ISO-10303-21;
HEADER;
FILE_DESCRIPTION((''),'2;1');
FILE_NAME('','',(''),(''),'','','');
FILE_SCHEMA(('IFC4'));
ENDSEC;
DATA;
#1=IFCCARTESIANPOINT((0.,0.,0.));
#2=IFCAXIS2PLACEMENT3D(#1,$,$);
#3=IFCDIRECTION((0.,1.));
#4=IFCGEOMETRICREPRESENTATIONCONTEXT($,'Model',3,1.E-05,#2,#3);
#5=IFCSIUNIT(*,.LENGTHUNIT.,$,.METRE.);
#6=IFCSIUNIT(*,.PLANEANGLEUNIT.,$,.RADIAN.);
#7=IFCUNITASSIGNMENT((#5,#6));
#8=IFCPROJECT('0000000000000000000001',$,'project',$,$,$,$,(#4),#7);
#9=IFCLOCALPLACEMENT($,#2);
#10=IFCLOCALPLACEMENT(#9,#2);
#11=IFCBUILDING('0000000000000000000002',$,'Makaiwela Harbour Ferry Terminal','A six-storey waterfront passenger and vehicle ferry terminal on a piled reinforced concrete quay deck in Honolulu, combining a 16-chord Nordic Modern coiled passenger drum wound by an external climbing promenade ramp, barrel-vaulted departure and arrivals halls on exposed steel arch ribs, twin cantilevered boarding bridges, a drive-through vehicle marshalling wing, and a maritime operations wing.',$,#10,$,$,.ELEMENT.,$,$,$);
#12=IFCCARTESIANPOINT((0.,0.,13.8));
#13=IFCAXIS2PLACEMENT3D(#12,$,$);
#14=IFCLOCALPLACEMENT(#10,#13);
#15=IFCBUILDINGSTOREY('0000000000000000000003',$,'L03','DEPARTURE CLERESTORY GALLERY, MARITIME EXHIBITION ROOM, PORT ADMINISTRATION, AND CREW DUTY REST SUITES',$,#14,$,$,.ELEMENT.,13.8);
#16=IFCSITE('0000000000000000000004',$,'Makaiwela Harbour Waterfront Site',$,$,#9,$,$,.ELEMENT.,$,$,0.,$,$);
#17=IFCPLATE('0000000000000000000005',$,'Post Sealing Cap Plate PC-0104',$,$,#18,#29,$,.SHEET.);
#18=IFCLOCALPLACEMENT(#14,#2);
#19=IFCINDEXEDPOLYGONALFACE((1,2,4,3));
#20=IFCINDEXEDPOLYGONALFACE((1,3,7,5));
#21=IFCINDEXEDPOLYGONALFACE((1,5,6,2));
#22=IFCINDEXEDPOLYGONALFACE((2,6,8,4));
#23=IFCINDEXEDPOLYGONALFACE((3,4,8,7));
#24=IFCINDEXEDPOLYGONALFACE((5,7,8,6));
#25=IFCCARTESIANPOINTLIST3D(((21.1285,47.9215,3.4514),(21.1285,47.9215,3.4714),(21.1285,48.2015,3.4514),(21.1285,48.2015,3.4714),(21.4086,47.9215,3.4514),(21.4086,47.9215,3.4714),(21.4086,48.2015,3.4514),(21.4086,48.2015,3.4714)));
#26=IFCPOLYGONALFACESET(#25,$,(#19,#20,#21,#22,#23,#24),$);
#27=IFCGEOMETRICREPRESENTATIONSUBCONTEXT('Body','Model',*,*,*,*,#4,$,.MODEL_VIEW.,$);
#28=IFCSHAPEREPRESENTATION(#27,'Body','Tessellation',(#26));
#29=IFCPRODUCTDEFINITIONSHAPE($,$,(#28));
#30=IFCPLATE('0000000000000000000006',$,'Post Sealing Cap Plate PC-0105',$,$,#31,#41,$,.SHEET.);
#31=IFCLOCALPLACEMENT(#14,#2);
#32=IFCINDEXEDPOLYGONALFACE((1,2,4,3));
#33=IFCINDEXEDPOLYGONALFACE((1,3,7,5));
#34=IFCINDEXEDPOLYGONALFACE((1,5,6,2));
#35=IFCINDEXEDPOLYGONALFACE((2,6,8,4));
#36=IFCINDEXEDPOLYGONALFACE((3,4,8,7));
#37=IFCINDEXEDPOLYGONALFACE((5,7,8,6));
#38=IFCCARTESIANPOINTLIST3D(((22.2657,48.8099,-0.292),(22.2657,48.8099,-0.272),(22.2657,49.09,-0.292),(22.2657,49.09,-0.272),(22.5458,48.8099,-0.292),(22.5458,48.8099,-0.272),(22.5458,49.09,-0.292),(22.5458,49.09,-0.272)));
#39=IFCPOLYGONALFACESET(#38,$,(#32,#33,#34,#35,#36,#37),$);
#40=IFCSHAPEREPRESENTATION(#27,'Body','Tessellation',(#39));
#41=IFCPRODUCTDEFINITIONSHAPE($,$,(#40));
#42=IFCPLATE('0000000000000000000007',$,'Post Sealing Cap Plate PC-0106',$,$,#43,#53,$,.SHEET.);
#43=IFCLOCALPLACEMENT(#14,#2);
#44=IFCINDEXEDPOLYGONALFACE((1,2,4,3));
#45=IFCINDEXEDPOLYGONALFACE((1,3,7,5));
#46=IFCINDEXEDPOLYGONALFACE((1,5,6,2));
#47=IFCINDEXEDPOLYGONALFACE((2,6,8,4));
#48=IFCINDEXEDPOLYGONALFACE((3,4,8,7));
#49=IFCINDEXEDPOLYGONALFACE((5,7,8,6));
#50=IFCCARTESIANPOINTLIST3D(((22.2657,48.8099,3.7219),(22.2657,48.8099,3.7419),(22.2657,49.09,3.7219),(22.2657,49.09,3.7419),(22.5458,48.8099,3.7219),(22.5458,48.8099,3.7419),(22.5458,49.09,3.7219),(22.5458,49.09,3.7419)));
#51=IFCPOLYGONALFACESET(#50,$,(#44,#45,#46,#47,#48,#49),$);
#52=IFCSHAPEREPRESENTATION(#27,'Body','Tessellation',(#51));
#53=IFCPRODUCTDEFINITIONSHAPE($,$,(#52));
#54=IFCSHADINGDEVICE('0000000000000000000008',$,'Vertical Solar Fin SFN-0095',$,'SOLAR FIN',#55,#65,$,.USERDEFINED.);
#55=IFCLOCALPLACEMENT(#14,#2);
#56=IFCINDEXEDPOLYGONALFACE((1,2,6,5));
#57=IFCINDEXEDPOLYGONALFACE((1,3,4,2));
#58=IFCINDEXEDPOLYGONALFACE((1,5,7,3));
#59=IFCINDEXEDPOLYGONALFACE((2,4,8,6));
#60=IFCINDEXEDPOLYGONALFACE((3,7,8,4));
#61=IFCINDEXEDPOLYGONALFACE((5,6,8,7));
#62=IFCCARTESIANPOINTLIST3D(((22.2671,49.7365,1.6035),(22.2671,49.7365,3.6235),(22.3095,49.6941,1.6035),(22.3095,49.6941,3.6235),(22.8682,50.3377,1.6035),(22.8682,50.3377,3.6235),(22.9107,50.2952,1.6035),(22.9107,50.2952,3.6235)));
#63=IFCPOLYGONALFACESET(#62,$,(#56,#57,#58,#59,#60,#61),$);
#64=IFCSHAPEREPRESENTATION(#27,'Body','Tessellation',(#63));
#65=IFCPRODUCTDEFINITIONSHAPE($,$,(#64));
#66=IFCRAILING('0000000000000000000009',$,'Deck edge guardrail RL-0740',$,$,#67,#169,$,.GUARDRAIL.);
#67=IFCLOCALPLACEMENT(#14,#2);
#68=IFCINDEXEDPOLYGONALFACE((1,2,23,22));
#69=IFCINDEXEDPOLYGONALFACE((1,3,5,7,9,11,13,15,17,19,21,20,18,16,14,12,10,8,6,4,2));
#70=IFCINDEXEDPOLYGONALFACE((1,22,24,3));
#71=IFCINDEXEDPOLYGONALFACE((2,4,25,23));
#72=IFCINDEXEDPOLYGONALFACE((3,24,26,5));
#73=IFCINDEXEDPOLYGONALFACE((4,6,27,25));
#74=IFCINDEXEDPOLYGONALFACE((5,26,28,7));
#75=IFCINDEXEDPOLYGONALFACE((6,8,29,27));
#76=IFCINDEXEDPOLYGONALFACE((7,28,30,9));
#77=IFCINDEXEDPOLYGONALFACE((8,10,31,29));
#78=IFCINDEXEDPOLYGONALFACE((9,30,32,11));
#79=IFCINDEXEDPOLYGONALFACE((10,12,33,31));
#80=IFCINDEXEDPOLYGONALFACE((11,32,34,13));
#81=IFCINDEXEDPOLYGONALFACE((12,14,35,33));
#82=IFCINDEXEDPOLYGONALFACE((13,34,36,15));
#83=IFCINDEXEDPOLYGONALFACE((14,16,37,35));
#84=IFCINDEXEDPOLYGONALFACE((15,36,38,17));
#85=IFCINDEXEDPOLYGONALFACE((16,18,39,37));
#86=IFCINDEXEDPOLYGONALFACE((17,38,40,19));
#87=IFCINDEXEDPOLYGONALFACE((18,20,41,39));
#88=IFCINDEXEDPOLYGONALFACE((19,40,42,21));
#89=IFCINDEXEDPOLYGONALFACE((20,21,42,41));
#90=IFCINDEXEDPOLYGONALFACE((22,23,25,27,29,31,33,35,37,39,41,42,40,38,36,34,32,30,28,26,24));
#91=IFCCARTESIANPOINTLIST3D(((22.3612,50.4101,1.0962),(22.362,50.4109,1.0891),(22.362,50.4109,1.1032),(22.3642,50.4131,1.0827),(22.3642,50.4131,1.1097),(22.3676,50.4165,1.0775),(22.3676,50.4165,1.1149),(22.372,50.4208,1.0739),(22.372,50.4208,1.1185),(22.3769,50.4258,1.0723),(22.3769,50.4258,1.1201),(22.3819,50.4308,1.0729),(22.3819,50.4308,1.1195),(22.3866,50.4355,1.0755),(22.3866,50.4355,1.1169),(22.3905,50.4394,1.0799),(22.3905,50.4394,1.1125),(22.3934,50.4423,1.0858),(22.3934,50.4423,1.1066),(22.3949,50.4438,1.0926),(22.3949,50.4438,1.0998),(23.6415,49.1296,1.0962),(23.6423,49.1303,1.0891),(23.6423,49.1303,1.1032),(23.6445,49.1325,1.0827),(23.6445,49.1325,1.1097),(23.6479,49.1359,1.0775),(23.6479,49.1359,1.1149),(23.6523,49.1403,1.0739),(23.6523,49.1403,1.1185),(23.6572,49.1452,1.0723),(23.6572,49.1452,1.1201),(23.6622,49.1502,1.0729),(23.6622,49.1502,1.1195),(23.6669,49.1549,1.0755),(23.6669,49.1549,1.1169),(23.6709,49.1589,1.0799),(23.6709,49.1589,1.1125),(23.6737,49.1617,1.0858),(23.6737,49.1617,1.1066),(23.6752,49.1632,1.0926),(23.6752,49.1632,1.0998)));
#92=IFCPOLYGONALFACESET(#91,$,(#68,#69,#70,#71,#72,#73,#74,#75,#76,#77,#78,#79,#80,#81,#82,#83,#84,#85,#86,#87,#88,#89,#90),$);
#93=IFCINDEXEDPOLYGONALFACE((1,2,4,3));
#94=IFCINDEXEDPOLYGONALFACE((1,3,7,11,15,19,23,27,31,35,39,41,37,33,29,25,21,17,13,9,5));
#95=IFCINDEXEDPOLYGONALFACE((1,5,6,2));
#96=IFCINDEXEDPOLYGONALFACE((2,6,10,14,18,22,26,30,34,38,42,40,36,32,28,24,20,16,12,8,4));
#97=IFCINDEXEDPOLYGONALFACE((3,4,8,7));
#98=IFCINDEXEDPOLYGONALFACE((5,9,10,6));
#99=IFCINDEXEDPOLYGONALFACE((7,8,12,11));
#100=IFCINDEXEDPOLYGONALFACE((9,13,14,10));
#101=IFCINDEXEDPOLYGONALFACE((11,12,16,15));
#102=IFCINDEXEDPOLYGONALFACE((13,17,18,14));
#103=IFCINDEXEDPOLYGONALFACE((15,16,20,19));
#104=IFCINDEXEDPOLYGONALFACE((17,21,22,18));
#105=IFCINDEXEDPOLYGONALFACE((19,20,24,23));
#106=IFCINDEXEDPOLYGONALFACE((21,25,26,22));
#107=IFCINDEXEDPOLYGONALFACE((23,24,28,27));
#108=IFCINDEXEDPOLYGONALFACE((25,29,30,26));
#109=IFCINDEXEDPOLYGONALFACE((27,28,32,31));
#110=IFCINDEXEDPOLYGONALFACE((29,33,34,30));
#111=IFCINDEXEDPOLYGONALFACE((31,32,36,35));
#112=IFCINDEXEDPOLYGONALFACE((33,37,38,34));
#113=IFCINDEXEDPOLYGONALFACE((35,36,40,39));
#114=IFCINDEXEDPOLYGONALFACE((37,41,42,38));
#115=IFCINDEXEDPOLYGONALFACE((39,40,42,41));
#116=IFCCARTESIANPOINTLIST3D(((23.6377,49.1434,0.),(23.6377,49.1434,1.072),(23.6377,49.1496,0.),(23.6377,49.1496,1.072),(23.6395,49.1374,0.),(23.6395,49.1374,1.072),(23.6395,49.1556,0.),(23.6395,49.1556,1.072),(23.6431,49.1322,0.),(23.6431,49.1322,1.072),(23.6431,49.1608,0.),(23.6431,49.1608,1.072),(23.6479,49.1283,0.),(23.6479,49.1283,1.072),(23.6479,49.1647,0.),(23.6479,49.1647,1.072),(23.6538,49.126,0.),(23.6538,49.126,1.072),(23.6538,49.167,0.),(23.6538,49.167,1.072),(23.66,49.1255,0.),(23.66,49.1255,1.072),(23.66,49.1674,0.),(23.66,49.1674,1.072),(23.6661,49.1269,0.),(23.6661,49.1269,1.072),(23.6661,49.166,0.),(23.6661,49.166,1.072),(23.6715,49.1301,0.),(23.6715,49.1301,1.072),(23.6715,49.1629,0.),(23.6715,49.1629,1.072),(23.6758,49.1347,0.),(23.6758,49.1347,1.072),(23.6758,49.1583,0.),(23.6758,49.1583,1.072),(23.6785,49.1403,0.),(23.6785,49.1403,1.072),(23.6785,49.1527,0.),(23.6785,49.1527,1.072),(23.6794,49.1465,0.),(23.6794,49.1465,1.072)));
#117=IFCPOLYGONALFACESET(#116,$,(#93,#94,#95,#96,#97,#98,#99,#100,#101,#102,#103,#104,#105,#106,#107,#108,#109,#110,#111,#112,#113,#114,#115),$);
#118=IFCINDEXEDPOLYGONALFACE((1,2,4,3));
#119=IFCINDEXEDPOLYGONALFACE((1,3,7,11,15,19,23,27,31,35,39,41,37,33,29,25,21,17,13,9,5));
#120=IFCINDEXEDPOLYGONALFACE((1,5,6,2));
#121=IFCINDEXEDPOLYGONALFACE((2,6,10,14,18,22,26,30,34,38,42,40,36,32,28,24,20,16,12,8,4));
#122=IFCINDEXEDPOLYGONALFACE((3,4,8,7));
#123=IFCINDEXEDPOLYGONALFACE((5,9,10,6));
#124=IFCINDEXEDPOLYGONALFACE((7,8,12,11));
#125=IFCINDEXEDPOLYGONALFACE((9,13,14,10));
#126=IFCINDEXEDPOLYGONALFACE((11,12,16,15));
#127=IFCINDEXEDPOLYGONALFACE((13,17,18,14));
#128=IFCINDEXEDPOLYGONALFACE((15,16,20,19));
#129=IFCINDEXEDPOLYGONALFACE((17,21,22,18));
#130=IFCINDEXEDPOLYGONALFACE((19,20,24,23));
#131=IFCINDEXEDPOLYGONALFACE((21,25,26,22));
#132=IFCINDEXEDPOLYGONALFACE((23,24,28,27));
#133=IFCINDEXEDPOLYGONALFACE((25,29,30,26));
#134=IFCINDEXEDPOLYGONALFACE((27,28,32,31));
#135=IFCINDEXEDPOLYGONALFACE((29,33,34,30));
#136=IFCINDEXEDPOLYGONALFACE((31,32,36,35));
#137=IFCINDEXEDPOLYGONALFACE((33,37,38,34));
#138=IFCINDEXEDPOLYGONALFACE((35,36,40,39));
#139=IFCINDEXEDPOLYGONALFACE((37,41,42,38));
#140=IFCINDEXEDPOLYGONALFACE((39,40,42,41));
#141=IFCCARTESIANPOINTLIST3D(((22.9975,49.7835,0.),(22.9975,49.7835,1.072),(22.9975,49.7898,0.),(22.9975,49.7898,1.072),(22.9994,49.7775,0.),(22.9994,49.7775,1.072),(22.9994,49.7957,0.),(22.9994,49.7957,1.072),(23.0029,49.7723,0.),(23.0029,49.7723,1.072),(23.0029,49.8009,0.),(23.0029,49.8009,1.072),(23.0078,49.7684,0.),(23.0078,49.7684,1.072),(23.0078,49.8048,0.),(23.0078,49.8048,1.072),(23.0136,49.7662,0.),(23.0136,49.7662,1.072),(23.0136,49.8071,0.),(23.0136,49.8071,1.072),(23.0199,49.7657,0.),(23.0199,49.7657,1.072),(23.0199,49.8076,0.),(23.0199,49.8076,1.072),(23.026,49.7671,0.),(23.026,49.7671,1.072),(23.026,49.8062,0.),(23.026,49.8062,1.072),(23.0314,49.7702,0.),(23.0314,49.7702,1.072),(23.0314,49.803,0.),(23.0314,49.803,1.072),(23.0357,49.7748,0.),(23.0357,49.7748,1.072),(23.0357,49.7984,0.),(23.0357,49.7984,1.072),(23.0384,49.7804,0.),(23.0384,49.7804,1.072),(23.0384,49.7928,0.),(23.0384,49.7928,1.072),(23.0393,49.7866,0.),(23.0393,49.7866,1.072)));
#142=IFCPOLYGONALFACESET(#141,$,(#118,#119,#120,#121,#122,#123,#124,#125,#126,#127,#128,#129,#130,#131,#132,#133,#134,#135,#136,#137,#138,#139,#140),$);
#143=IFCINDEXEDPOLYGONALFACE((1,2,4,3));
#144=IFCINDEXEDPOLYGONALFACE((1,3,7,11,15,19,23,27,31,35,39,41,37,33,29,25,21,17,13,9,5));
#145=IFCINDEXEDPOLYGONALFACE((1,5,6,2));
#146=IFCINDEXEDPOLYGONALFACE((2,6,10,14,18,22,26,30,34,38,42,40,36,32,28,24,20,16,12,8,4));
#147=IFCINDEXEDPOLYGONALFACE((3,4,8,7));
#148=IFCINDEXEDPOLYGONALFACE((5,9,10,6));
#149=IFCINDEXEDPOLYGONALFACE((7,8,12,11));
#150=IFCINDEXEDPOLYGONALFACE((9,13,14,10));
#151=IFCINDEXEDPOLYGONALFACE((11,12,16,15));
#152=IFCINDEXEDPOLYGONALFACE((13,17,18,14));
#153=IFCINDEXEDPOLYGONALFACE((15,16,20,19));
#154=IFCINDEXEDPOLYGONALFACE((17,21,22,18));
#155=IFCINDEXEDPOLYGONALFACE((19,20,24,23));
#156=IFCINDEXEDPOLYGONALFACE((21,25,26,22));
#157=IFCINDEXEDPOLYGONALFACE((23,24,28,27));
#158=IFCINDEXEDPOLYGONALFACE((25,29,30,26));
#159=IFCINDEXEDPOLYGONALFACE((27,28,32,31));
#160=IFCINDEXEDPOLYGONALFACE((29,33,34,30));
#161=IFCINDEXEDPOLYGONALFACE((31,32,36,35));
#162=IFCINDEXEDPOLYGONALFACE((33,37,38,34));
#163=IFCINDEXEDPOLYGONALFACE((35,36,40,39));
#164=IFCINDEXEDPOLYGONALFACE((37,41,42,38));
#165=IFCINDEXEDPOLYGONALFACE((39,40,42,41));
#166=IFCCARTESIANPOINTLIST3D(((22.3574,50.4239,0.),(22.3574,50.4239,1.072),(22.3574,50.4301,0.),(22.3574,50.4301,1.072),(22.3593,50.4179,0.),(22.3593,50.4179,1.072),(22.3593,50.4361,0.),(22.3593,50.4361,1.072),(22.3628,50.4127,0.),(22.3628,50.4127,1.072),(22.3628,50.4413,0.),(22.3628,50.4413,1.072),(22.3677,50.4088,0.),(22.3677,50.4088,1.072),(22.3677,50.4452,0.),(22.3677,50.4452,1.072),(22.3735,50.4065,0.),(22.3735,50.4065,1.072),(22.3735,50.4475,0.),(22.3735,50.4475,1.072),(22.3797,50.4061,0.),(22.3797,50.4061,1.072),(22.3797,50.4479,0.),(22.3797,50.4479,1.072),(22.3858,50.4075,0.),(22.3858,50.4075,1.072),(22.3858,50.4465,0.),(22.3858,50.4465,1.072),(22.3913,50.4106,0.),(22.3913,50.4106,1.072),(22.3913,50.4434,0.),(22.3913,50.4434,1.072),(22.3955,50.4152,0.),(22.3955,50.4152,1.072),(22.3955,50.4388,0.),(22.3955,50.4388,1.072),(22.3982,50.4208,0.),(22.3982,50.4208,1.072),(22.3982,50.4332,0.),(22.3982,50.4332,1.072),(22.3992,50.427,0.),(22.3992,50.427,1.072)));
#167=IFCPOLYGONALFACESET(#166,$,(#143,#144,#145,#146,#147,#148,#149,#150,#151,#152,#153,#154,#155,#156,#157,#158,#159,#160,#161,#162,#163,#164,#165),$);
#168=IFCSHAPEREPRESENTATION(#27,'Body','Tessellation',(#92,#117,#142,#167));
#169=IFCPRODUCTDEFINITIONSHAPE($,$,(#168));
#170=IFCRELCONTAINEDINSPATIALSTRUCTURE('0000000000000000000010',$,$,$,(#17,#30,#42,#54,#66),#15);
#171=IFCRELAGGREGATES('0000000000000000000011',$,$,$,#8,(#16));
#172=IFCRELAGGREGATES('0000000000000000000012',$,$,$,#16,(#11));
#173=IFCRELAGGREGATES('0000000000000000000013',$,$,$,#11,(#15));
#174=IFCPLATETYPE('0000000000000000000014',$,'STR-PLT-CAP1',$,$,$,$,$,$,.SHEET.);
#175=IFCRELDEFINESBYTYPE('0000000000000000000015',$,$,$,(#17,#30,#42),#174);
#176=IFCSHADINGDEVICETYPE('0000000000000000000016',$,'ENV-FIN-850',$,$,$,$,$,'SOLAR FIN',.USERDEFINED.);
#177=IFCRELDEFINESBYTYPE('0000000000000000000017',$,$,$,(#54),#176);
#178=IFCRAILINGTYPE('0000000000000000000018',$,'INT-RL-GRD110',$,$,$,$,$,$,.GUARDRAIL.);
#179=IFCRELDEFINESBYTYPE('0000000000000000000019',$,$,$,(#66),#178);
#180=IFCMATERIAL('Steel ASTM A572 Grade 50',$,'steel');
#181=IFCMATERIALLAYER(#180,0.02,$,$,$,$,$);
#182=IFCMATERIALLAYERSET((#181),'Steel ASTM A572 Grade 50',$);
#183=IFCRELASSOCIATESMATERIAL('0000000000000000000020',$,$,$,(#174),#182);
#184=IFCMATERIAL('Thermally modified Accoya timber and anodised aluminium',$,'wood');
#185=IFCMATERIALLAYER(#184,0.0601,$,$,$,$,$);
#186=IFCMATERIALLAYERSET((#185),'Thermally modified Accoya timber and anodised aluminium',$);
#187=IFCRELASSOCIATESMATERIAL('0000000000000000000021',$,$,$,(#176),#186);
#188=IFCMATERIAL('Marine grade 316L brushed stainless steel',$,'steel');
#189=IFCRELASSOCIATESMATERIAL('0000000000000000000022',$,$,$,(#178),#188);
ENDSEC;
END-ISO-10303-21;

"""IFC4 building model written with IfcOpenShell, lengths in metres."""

from ifc_helpers import new_model, si_unit, direction, frame, origin, origin_2d, place, context, subcontext, project, spatial, rectangle, circle, extrude, material, layer, layer_set, type_object, element, save


model = new_model("IFC4")

# Units and contexts
model_context = context("Model", 3, precision=1e-05, world=origin(), true_north=direction((0.0, 1.0)))
body_context = subcontext(model_context, "Body", "Model", "MODEL_VIEW")
ifc_project = project(units=[si_unit("LENGTHUNIT", "METRE"), si_unit("PLANEANGLEUNIT", "RADIAN")], contexts=[model_context])

# Site, building, storey
site_placement = place(None, origin())
site = spatial("IfcSite", under=ifc_project, at=site_placement, Name="Makaiwela Harbour Waterfront Site", CompositionType="ELEMENT", RefElevation=0.0)
building_placement = place(site_placement, origin())
building = spatial("IfcBuilding", under=site, at=building_placement, Name="Makaiwela Harbour Ferry Terminal", Description="A six-storey waterfront passenger and vehicle ferry terminal on a piled reinforced concrete quay deck in Honolulu, combining a 16-chord Nordic Modern coiled passenger drum wound by an external climbing promenade ramp, barrel-vaulted departure and arrivals halls on exposed steel arch ribs, twin cantilevered boarding bridges, a drive-through vehicle marshalling wing, and a maritime operations wing.", CompositionType="ELEMENT")
storey_placement = place(building_placement, frame((0.0, 0.0, 13.8)))
storey = spatial("IfcBuildingStorey", under=building, at=storey_placement, Name="L03", Description="DEPARTURE CLERESTORY GALLERY, MARITIME EXHIBITION ROOM, PORT ADMINISTRATION, AND CREW DUTY REST SUITES", CompositionType="ELEMENT", Elevation=13.8)

# Plates
ifc_material_1 = material(Name="Steel ASTM A572 Grade 50", Category="steel")
ifc_layer_1 = layer(ifc_material_1, 0.02)
ifc_layer_set_1 = layer_set([ifc_layer_1], Name="Steel ASTM A572 Grade 50")
plate_type_1 = type_object("IfcPlateType", Name="STR-PLT-CAP1", PredefinedType="SHEET", material=ifc_layer_set_1)
for number, where, z_axis, x_axis, name in (
    (1, (21.2686, 48.0615, 3.4514), (0.0, 0.0, 1.0), (1.0, 0.0, 0.0), "Post Sealing Cap Plate PC-0104"),
    (2, (22.4058, 48.95, -0.292), (0.0, 0.0, 1.0), (1.0, 0.0, 0.0), "Post Sealing Cap Plate PC-0105"),
    (3, (22.4058, 48.95, 3.7219), (0.0, 0.0, 1.0), (1.0, 0.0, 0.0), "Post Sealing Cap Plate PC-0106"),
):
    element("IfcPlate", number, at=place(storey_placement, frame(where, z_axis=z_axis, x_axis=x_axis)), inside=storey, type_object=plate_type_1, Name=name, PredefinedType="SHEET", context=body_context, shape_type="SweptSolid", body=[
        extrude(rectangle(XDim=0.28, YDim=0.28, at=origin_2d()), origin(), (0.0, 0.0, 1.0), 0.02),
    ])

# Shading device
ifc_material_2 = material(Name="Thermally modified Accoya timber and anodised aluminium", Category="wood")
ifc_layer_2 = layer(ifc_material_2, 0.0601)
ifc_layer_set_2 = layer_set([ifc_layer_2], Name="Thermally modified Accoya timber and anodised aluminium")
shading_device_type = type_object("IfcShadingDeviceType", Name="ENV-FIN-850", ElementType="SOLAR FIN", PredefinedType="USERDEFINED", material=ifc_layer_set_2)
shading_device_placement = place(storey_placement, frame((22.5889, 50.0159, 1.6035), z_axis=(0.0, 0.0, 1.0), x_axis=(-0.707107, -0.707107, 0.0)))
element("IfcShadingDevice", 4, at=shading_device_placement, inside=storey, type_object=shading_device_type, Name="Vertical Solar Fin SFN-0095", ObjectType="SOLAR FIN", PredefinedType="USERDEFINED", context=body_context, shape_type="SweptSolid", body=[
    extrude(rectangle(XDim=0.8501, YDim=0.0601, at=origin_2d()), origin(), (0.0, 0.0, 1.0), 2.02),
])

# Railing
ifc_material_3 = material(Name="Marine grade 316L brushed stainless steel", Category="steel")
railing_type = type_object("IfcRailingType", Name="INT-RL-GRD110", PredefinedType="GUARDRAIL", material=ifc_material_3)
railing_1_placement = place(storey_placement, frame((23.6584, 49.1465, 0.0)))
element("IfcRailing", 5, at=railing_1_placement, inside=storey, type_object=railing_type, Name="Deck edge guardrail RL-0740", PredefinedType="GUARDRAIL", context=body_context, shape_type="SweptSolid", body=[
    extrude(circle(Radius=0.0239, at=origin_2d()), frame((0.0, 0.0, 1.0962), z_axis=(-0.707039, 0.707174, 0.0), x_axis=(-0.707174, -0.707039, 0.0)), (0.0, 0.0, 1.0), 1.8108),
    extrude(circle(Radius=0.021, at=origin_2d()), origin(), (0.0, 0.0, 1.0), 1.072),
    extrude(circle(Radius=0.021, at=origin_2d()), frame((-0.6401, 0.6401, 0.0)), (0.0, 0.0, 1.0), 1.072),
    extrude(circle(Radius=0.021, at=origin_2d()), frame((-1.2803, 1.2805, 0.0)), (0.0, 0.0, 1.0), 1.072),
])

save(model, "model.ifc")
